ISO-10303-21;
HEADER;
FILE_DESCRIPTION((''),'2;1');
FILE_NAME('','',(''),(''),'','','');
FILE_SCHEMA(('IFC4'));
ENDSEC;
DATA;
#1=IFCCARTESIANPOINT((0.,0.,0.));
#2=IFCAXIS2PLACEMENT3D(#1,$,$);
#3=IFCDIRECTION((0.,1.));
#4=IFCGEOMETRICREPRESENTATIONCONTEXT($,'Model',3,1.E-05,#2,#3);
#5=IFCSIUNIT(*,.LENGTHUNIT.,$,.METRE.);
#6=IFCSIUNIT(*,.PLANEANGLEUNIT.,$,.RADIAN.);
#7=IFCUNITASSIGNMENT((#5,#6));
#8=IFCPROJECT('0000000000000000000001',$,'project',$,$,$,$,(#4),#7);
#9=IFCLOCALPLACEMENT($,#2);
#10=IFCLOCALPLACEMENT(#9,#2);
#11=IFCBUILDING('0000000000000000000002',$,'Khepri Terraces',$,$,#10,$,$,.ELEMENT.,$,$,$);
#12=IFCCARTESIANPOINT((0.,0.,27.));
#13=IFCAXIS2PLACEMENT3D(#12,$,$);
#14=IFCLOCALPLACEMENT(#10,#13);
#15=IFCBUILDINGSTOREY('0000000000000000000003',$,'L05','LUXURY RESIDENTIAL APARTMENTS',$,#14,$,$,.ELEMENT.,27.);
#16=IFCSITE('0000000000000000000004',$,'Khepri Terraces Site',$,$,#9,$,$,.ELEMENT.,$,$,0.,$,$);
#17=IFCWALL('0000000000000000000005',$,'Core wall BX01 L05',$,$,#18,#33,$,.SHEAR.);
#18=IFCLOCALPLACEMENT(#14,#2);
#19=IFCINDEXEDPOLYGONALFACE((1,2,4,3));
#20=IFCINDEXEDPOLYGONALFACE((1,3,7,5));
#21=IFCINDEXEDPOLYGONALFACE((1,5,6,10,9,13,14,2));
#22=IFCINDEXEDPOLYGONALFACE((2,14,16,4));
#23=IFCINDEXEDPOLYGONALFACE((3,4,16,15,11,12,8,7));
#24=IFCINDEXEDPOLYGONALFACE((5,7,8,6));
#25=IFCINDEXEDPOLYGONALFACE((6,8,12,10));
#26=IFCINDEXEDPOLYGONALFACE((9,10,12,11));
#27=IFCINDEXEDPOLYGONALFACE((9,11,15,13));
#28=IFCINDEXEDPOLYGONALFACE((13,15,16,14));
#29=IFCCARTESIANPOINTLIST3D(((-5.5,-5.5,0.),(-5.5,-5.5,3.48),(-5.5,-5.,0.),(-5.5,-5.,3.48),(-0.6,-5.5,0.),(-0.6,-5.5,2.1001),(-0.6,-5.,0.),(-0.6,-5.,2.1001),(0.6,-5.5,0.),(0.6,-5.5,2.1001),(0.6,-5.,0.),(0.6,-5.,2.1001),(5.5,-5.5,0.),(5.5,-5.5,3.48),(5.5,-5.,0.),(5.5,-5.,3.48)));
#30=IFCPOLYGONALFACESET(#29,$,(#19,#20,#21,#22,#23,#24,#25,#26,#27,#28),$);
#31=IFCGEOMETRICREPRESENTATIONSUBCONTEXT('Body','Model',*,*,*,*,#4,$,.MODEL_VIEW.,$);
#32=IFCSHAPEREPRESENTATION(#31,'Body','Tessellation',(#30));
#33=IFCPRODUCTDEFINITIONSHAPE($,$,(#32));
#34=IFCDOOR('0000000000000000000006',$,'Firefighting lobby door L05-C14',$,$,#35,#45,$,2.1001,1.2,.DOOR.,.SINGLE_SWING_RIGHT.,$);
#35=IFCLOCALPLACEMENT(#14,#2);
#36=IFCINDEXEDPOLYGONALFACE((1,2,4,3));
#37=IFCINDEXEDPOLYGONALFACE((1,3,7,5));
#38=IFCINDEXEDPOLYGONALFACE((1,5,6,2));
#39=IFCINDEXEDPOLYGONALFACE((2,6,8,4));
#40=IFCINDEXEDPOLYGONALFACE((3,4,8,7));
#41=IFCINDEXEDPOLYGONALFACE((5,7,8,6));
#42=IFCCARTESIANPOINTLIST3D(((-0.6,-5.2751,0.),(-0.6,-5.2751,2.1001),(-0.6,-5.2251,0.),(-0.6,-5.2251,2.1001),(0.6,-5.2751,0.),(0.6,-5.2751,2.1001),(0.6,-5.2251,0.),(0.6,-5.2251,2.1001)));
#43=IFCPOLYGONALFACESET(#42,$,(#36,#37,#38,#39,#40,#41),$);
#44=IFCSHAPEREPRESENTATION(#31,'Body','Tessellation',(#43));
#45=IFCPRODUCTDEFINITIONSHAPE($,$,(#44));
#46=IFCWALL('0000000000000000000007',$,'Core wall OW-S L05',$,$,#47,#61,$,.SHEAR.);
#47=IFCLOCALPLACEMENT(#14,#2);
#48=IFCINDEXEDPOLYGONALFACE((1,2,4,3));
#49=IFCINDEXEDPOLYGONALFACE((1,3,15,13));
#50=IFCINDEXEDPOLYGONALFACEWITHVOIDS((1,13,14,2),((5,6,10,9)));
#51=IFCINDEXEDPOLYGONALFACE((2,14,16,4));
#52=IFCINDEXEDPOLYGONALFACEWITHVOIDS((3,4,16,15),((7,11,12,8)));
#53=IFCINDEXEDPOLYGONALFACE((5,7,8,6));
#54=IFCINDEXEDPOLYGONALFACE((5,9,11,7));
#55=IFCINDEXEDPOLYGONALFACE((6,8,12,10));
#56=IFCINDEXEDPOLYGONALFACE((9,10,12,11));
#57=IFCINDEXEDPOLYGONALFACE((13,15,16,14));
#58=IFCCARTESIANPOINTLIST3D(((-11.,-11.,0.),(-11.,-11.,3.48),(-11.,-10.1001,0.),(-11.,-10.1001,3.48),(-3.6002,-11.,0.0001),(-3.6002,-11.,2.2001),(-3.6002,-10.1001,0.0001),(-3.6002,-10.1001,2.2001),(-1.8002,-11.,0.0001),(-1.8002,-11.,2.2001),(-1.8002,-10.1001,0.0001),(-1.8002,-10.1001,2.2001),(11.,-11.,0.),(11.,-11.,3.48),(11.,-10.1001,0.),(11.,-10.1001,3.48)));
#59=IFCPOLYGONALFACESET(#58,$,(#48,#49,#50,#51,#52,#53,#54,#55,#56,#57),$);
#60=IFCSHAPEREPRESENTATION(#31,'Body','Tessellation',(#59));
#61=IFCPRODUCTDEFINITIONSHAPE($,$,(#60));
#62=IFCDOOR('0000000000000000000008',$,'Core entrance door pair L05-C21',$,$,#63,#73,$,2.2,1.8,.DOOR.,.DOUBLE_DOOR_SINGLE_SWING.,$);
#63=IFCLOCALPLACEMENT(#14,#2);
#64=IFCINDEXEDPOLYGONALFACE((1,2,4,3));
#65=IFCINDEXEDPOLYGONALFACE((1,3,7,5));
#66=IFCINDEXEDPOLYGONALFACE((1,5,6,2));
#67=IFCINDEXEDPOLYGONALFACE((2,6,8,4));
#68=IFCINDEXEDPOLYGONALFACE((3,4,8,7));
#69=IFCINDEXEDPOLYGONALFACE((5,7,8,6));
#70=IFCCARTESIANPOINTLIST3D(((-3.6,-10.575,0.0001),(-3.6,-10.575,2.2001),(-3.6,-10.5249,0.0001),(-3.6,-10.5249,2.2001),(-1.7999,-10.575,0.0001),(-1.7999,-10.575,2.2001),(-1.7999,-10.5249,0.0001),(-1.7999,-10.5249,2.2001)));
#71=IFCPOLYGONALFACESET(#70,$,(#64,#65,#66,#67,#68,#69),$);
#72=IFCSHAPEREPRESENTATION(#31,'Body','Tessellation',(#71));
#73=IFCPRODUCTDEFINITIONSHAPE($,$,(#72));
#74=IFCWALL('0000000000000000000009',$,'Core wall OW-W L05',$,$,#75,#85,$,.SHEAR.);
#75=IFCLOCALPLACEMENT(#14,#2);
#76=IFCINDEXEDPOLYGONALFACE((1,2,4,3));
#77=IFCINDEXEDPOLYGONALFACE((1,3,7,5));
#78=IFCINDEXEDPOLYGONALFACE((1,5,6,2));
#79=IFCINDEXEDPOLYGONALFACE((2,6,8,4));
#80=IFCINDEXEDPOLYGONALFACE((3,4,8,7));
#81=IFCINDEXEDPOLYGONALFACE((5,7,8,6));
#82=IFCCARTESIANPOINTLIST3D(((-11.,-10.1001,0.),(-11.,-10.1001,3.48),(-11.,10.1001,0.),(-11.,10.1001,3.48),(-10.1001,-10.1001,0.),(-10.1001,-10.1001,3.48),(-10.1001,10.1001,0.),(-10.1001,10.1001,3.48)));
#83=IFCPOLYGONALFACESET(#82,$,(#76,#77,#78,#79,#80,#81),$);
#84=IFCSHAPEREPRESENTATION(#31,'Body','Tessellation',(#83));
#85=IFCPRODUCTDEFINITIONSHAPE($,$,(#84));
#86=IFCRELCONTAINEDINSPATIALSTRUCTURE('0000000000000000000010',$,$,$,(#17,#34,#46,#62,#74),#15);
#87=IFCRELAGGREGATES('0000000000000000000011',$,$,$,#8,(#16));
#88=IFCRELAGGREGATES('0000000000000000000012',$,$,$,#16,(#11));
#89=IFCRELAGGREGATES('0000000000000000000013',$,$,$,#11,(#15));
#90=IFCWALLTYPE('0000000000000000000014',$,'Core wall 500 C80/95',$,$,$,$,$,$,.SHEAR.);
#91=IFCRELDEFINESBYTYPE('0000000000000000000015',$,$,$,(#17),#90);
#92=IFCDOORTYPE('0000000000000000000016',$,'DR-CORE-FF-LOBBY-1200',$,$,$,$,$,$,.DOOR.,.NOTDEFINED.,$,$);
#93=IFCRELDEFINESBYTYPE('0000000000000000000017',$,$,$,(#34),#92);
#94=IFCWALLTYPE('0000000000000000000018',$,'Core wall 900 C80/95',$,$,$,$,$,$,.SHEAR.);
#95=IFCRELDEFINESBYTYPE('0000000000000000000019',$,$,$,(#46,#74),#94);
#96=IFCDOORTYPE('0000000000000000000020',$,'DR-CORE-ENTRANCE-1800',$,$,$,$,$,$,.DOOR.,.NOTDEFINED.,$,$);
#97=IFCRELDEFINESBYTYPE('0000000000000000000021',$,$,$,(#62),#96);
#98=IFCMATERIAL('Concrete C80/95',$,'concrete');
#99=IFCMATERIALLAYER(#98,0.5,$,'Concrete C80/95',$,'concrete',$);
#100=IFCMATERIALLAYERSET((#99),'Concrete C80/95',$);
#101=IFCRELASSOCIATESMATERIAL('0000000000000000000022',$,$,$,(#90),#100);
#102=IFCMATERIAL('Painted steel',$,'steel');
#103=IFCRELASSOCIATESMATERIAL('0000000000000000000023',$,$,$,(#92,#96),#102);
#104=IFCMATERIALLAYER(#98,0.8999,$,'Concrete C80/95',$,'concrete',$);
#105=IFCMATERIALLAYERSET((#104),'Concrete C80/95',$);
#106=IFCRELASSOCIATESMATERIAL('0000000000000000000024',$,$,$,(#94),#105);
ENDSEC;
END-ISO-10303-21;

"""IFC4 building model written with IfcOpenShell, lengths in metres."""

from ifc_helpers import new_model, si_unit, direction, frame, frame_2d, origin, place, context, subcontext, project, spatial, rectangle, extrude, material, layer, layer_set, type_object, element, fill, save


model = new_model("IFC4")

# Units and contexts
model_context = context("Model", 3, precision=1e-05, world=origin(), true_north=direction((0.0, 1.0)))
body_context = subcontext(model_context, "Body", "Model", "MODEL_VIEW")
ifc_project = project(units=[si_unit("LENGTHUNIT", "METRE"), si_unit("PLANEANGLEUNIT", "RADIAN")], contexts=[model_context])

# Site, building, storey
site_placement = place(None, origin())
site = spatial("IfcSite", under=ifc_project, at=site_placement, Name="Khepri Terraces Site", CompositionType="ELEMENT", RefElevation=0.0)
building_placement = place(site_placement, origin())
building = spatial("IfcBuilding", under=site, at=building_placement, Name="Khepri Terraces", CompositionType="ELEMENT")
storey_placement = place(building_placement, frame((0.0, 0.0, 27.0)))
storey = spatial("IfcBuildingStorey", under=building, at=storey_placement, Name="L05", Description="LUXURY RESIDENTIAL APARTMENTS", CompositionType="ELEMENT", Elevation=27.0)

# Shared definitions
ifc_material_1 = material(Name="Concrete C80/95", Category="concrete")

# Walls, openings, doors
ifc_layer_1 = layer(ifc_material_1, 0.5, Name="Concrete C80/95", Category="concrete")
ifc_layer_set_1 = layer_set([ifc_layer_1], Name="Concrete C80/95")
wall_type_1 = type_object("IfcWallType", Name="Core wall 500 C80/95", PredefinedType="SHEAR", material=ifc_layer_set_1)
wall_1_placement = place(storey_placement, frame((-5.5, -5.25, 0.0), z_axis=(0.0, 0.0, 1.0), x_axis=(1.0, 0.0, 0.0)))
wall_1 = element("IfcWall", 1, at=wall_1_placement, inside=storey, type_object=wall_type_1, Name="Core wall BX01 L05", PredefinedType="SHEAR", context=body_context, shape_type="SweptSolid", body=[
    extrude(rectangle(XDim=11.0, YDim=0.5, at=frame_2d((5.5, 0.0))), origin(), (0.0, 0.0, 1.0), 3.48),
])
opening_1_placement = place(wall_1_placement, frame((4.8999, 0.0, 0.0)))
opening_1 = element("IfcOpeningElement", 2, at=opening_1_placement, cuts=wall_1, PredefinedType="OPENING", context=body_context, shape_type="SweptSolid", body=[
    extrude(rectangle(XDim=1.2, YDim=2.1001, at=frame_2d((0.6001, 1.05))), frame((0.0, 0.26, 0.0), z_axis=(0.0, -1.0, 0.0), x_axis=(1.0, 0.0, 0.0)), (0.0, 0.0, 1.0), 0.52),
])
ifc_material_2 = material(Name="Painted steel", Category="steel")
door_type_1 = type_object("IfcDoorType", Name="DR-CORE-FF-LOBBY-1200", OperationType="NOTDEFINED", PredefinedType="DOOR", material=ifc_material_2)
door_1_placement = place(opening_1_placement, origin())
door_1 = element("IfcDoor", 3, at=door_1_placement, inside=storey, type_object=door_type_1, Name="Firefighting lobby door L05-C14", OperationType="SINGLE_SWING_RIGHT", OverallHeight=2.1001, OverallWidth=1.2, PredefinedType="DOOR", context=body_context, shape_type="SweptSolid", body=[
    extrude(rectangle(XDim=1.2, YDim=2.1001, at=frame_2d((0.6001, 1.05))), frame((0.0, 0.0249, 0.0), z_axis=(0.0, -1.0, 0.0), x_axis=(1.0, 0.0, 0.0)), (0.0, 0.0, 1.0), 0.05),
])
fill(opening_1, door_1)
ifc_layer_2 = layer(ifc_material_1, 0.8999, Name="Concrete C80/95", Category="concrete")
ifc_layer_set_2 = layer_set([ifc_layer_2], Name="Concrete C80/95")
wall_type_2 = type_object("IfcWallType", Name="Core wall 900 C80/95", PredefinedType="SHEAR", material=ifc_layer_set_2)
wall_2_placement = place(storey_placement, frame((-11.0, -10.55, 0.0), z_axis=(0.0, 0.0, 1.0), x_axis=(1.0, 0.0, 0.0)))
wall_2 = element("IfcWall", 4, at=wall_2_placement, inside=storey, type_object=wall_type_2, Name="Core wall OW-S L05", PredefinedType="SHEAR", context=body_context, shape_type="SweptSolid", body=[
    extrude(rectangle(XDim=22.0, YDim=0.8999, at=frame_2d((11.0, 0.0))), origin(), (0.0, 0.0, 1.0), 3.48),
])
opening_2_placement = place(wall_2_placement, frame((7.3999, 0.0, 0.0)))
opening_2 = element("IfcOpeningElement", 5, at=opening_2_placement, cuts=wall_2, PredefinedType="OPENING", context=body_context, shape_type="SweptSolid", body=[
    extrude(rectangle(XDim=1.8, YDim=2.2, at=frame_2d((0.8999, 1.1001))), frame((0.0, 0.46, 0.0), z_axis=(0.0, -1.0, 0.0), x_axis=(1.0, 0.0, 0.0)), (0.0, 0.0, 1.0), 0.9199),
])
door_type_2 = type_object("IfcDoorType", Name="DR-CORE-ENTRANCE-1800", OperationType="NOTDEFINED", PredefinedType="DOOR", material=ifc_material_2)
door_2_placement = place(opening_2_placement, frame((1.8, 0.0, 0.0), z_axis=(0.0, 0.0, 1.0), x_axis=(-1.0, 0.0, 0.0)))
door_2 = element("IfcDoor", 6, at=door_2_placement, inside=storey, type_object=door_type_2, Name="Core entrance door pair L05-C21", OperationType="DOUBLE_DOOR_SINGLE_SWING", OverallHeight=2.2, OverallWidth=1.8, PredefinedType="DOOR", context=body_context, shape_type="SweptSolid", body=[
    extrude(rectangle(XDim=1.8, YDim=2.2, at=frame_2d((0.8999, 1.1001))), frame((0.0, 0.0249, 0.0), z_axis=(0.0, -1.0, 0.0), x_axis=(1.0, 0.0, 0.0)), (0.0, 0.0, 1.0), 0.05),
])
fill(opening_2, door_2)

# Wall
wall_3_placement = place(storey_placement, frame((-10.55, -10.1001, 0.0), z_axis=(0.0, 0.0, 1.0), x_axis=(0.0, 1.0, 0.0)))
element("IfcWall", 7, at=wall_3_placement, inside=storey, type_object=wall_type_2, Name="Core wall OW-W L05", PredefinedType="SHEAR", context=body_context, shape_type="SweptSolid", body=[
    extrude(rectangle(XDim=20.2002, YDim=0.8999, at=frame_2d((10.1001, 0.0))), origin(), (0.0, 0.0, 1.0), 3.48),
])

save(model, "model.ifc")
